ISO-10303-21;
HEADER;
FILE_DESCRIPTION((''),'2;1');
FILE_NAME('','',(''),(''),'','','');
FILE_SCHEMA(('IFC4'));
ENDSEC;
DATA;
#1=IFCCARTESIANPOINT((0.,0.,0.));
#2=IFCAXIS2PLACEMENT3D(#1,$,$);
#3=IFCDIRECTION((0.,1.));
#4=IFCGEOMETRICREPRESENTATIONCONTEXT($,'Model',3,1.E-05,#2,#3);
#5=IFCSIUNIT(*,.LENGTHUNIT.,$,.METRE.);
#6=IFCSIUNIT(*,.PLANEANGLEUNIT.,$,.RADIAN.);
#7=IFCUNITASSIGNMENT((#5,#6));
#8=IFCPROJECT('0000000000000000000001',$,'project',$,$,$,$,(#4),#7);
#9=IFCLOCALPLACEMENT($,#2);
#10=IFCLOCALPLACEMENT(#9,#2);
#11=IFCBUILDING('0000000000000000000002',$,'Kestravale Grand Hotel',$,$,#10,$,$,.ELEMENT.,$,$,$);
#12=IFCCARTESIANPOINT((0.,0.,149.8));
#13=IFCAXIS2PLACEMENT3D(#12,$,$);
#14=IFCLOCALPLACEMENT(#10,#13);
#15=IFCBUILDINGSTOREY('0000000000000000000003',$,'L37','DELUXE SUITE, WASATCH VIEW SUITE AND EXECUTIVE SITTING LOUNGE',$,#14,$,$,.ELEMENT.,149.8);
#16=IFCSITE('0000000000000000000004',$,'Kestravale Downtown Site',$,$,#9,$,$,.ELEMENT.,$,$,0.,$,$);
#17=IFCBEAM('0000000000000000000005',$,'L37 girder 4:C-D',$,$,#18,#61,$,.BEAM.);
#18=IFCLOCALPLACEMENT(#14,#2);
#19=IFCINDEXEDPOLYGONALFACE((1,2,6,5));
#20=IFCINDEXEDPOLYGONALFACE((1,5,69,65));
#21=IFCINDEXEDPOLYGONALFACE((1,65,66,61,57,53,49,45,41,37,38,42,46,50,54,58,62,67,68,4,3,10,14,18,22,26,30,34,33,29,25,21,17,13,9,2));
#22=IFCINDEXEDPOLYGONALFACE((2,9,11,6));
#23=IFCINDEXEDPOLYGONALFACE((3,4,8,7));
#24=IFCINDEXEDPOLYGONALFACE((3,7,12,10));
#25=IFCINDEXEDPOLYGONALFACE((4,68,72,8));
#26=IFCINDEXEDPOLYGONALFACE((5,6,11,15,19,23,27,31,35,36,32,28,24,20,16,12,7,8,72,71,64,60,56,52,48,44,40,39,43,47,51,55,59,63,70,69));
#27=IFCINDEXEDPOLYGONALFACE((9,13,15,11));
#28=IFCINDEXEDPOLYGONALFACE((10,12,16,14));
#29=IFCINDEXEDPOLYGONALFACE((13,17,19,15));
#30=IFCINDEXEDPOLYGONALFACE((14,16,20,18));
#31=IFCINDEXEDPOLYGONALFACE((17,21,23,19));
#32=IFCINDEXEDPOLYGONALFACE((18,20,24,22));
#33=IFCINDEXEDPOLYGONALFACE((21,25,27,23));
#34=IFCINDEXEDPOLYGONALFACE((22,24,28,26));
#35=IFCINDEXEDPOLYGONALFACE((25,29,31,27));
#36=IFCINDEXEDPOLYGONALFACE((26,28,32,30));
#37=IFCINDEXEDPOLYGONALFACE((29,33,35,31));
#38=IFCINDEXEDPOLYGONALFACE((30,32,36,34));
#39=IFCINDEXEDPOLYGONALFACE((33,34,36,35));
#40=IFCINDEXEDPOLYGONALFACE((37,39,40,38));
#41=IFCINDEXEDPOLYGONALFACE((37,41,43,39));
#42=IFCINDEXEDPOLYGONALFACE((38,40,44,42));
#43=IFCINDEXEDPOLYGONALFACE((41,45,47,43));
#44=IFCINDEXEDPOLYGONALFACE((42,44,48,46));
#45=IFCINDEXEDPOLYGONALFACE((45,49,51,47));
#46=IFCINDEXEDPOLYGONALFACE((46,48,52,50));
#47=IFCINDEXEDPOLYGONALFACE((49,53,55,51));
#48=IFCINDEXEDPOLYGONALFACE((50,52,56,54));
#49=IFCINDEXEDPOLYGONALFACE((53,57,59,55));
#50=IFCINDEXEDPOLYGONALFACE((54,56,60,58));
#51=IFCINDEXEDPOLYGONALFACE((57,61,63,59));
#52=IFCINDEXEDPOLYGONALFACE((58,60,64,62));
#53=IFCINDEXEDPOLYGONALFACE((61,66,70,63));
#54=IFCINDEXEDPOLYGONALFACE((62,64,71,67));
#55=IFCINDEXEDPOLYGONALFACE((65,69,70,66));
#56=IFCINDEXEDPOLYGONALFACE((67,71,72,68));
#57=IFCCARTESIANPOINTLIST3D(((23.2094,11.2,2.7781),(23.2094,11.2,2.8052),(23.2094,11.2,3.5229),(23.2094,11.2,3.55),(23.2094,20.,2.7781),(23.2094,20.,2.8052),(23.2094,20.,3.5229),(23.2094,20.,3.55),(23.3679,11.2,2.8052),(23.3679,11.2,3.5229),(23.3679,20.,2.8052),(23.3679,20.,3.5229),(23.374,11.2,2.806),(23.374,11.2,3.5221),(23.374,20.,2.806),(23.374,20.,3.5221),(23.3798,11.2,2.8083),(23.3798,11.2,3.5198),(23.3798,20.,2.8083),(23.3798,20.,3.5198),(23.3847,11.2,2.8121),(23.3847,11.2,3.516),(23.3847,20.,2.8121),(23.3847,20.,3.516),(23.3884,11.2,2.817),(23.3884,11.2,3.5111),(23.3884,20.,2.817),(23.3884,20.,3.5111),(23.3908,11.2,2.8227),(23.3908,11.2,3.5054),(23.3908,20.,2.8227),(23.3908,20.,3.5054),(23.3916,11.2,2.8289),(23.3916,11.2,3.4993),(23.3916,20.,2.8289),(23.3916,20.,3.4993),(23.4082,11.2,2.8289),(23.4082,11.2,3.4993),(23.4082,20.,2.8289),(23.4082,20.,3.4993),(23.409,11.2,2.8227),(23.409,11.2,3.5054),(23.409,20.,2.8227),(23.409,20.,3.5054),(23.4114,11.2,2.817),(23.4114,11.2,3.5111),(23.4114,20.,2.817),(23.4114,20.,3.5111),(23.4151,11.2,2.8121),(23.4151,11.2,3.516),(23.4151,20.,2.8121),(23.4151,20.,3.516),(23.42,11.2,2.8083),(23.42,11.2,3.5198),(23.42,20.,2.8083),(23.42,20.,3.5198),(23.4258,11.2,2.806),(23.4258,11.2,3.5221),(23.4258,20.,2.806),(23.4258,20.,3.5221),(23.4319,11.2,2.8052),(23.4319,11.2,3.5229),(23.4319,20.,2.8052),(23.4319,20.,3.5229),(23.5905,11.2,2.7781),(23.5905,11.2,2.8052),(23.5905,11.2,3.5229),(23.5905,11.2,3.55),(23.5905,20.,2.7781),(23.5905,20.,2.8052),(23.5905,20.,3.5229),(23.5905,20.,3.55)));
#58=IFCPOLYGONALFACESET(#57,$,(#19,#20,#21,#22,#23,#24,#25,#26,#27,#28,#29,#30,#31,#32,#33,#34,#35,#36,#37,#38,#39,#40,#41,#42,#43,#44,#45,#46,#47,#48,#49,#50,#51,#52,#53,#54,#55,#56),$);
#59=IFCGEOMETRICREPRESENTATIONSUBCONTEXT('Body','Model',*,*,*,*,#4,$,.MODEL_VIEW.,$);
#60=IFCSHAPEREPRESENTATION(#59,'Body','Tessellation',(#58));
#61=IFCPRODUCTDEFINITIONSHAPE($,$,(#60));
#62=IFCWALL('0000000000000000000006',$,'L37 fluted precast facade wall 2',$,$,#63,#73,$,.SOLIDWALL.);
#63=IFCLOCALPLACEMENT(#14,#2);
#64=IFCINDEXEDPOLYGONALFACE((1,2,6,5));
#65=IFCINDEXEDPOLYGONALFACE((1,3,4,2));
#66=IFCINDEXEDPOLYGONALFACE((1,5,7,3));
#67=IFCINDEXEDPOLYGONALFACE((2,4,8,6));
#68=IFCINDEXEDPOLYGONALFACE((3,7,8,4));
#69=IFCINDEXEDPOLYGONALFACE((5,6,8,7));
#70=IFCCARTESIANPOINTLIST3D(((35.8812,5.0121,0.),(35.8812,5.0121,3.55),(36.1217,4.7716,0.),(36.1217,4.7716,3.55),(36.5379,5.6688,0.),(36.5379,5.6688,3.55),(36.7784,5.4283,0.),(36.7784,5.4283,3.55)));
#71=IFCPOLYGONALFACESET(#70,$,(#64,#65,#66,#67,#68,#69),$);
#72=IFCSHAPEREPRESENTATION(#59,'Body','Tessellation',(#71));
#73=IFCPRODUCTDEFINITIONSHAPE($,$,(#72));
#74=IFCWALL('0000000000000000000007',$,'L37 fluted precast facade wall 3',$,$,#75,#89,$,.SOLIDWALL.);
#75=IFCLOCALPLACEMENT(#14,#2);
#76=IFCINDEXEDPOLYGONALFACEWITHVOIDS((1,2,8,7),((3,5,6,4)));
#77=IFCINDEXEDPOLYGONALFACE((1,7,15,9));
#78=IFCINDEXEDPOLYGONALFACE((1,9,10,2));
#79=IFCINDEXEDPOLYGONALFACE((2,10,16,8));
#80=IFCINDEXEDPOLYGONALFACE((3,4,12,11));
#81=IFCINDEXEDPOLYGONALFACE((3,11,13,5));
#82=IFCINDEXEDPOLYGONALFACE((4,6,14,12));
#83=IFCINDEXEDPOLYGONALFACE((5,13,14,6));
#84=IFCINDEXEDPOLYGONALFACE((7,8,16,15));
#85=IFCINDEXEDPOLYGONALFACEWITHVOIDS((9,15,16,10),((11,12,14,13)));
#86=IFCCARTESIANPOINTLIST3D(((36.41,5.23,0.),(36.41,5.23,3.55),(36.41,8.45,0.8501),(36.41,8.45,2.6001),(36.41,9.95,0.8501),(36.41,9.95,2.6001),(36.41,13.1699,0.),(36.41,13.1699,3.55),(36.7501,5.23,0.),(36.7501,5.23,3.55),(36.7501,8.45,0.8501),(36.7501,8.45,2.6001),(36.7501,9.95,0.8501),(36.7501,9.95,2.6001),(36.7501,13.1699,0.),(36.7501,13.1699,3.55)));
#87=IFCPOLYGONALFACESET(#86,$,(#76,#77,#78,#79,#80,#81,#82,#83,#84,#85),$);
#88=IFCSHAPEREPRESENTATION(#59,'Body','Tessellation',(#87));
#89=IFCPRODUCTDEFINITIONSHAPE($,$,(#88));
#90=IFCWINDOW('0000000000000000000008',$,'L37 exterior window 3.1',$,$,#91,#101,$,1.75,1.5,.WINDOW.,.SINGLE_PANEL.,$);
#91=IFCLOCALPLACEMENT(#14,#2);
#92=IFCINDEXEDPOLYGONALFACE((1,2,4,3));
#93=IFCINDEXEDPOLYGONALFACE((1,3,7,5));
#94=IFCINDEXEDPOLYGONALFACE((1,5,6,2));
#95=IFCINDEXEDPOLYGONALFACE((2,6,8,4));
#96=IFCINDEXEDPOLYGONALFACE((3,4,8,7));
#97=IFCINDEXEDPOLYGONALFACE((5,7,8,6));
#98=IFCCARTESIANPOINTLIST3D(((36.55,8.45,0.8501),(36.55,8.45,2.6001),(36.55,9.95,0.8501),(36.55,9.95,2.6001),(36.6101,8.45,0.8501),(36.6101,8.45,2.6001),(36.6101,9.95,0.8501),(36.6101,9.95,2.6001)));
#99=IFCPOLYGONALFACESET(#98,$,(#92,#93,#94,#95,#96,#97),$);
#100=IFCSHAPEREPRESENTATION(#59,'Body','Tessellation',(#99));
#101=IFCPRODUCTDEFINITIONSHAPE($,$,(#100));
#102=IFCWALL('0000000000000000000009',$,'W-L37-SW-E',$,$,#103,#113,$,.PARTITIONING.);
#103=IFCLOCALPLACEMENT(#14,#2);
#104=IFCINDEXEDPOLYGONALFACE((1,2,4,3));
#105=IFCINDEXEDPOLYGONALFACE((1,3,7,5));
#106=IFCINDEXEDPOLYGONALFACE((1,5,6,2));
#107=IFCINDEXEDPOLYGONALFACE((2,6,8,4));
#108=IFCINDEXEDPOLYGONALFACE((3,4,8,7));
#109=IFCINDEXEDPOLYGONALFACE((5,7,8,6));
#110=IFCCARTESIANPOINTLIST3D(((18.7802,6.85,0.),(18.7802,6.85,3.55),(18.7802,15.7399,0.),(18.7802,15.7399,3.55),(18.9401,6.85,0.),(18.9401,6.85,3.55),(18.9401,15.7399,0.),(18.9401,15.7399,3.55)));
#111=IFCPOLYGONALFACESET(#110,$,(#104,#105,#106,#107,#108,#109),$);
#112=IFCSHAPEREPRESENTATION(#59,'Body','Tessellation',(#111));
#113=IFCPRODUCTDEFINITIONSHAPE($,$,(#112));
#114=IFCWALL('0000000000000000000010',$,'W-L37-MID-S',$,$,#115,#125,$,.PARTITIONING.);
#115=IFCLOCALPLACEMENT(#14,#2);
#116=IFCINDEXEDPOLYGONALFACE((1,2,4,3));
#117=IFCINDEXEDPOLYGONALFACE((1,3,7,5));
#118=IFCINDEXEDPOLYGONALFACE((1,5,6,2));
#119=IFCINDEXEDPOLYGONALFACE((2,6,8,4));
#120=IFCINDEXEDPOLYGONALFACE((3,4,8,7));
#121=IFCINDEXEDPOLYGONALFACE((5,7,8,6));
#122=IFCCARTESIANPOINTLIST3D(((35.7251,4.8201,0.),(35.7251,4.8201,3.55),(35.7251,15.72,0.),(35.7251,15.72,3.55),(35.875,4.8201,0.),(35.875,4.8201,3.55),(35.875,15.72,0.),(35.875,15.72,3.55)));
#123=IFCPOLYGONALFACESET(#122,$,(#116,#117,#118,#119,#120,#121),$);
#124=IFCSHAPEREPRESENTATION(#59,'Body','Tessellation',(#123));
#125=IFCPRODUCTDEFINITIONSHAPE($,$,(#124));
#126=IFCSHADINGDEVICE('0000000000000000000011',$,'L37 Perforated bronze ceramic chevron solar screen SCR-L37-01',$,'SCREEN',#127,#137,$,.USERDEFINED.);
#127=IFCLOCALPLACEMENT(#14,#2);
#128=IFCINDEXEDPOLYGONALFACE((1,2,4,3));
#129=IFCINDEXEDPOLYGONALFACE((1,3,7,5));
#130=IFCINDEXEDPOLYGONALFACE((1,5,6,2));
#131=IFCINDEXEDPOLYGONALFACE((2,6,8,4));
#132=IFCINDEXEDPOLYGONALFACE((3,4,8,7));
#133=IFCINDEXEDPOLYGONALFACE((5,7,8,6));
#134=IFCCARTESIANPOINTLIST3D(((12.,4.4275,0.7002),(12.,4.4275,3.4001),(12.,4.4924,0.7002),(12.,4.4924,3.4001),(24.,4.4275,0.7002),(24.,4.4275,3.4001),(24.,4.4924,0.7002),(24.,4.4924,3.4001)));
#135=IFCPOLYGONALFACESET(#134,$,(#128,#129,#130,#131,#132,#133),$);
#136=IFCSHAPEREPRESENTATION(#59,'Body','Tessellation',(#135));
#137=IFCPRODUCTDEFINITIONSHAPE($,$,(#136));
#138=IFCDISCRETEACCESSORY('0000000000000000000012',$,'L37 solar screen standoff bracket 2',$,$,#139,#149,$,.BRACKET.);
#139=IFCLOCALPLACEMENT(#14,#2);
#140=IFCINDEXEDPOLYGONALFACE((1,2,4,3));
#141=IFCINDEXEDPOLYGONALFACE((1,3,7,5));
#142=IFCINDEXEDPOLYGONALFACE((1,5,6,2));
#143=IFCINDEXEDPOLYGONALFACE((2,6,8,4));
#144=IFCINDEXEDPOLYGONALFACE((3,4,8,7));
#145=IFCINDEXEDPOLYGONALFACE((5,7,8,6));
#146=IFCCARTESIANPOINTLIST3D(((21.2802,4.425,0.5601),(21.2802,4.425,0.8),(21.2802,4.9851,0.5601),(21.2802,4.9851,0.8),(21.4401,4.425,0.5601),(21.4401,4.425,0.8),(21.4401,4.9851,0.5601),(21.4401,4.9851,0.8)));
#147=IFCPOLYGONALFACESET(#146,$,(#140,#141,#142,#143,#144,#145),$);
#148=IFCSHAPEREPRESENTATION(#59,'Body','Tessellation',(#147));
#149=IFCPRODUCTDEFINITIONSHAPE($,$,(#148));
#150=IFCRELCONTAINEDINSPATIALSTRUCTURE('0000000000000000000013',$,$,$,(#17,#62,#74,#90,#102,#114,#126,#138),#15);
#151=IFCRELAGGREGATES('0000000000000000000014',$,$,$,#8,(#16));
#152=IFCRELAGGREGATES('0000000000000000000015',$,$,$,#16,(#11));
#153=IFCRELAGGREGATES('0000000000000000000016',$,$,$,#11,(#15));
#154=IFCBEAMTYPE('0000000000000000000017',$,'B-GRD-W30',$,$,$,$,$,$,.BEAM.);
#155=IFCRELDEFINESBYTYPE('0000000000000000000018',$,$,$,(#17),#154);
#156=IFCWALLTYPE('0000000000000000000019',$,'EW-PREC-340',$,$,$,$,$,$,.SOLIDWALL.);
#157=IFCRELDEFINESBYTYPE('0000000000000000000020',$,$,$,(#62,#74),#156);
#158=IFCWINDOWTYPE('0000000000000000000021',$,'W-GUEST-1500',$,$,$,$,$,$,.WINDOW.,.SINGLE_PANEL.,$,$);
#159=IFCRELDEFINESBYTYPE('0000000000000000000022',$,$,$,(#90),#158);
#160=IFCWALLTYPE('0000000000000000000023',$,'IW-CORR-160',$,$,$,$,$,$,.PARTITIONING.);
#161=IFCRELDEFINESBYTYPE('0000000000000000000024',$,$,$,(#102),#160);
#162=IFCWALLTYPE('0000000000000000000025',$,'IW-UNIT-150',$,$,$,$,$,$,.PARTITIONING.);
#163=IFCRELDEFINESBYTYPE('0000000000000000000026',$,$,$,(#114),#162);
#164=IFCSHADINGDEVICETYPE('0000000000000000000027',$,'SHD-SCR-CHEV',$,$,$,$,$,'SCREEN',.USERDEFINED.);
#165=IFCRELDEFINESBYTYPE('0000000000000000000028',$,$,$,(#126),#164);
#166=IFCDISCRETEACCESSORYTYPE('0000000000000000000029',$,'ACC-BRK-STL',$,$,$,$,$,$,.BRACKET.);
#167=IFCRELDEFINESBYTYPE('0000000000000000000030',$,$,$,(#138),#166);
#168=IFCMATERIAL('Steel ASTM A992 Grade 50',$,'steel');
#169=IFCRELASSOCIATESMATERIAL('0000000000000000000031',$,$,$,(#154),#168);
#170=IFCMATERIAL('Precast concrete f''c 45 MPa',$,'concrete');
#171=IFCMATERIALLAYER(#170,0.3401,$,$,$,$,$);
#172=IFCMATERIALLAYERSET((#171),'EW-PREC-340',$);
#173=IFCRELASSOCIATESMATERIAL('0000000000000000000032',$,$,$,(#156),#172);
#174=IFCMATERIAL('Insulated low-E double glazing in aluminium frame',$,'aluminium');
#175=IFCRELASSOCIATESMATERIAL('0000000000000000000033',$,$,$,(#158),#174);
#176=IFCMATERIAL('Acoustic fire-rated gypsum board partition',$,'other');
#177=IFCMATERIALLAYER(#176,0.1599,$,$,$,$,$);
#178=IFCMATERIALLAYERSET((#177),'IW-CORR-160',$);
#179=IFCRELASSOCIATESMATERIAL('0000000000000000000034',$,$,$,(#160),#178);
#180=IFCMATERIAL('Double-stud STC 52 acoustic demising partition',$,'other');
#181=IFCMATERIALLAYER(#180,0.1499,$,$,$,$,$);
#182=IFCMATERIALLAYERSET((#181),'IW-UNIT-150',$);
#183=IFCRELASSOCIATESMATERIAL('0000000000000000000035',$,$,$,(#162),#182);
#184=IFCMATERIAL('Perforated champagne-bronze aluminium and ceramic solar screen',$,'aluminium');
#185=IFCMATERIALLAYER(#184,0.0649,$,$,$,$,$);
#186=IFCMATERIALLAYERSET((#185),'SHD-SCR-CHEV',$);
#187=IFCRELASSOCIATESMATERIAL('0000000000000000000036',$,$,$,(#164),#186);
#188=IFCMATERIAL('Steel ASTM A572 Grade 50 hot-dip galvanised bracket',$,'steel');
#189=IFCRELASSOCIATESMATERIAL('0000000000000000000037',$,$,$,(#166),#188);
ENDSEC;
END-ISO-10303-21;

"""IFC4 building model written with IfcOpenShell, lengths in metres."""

from ifc_helpers import new_model, si_unit, direction, frame, frame_2d, origin, origin_2d, place, context, subcontext, project, spatial, rectangle, i_section, extrude, material, layer, layer_set, material_profile, profile_set, type_object, element, fill, save


model = new_model("IFC4")

# Units and contexts
model_context = context("Model", 3, precision=1e-05, world=origin(), true_north=direction((0.0, 1.0)))
body_context = subcontext(model_context, "Body", "Model", "MODEL_VIEW")
ifc_project = project(units=[si_unit("LENGTHUNIT", "METRE"), si_unit("PLANEANGLEUNIT", "RADIAN")], contexts=[model_context])

# Site, building, storey
site_placement = place(None, origin())
site = spatial("IfcSite", under=ifc_project, at=site_placement, Name="Kestravale Downtown Site", CompositionType="ELEMENT", RefElevation=0.0)
building_placement = place(site_placement, origin())
building = spatial("IfcBuilding", under=site, at=building_placement, Name="Kestravale Grand Hotel", CompositionType="ELEMENT")
storey_placement = place(building_placement, frame((0.0, 0.0, 149.8)))
storey = spatial("IfcBuildingStorey", under=building, at=storey_placement, Name="L37", Description="DELUXE SUITE, WASATCH VIEW SUITE AND EXECUTIVE SITTING LOUNGE", CompositionType="ELEMENT", Elevation=149.8)

# Beam
ifc_material_1 = material(Name="Steel ASTM A992 Grade 50", Category="steel")
ifc_material_profile_1 = material_profile(ifc_material_1, i_section(OverallWidth=0.3811, OverallDepth=0.772, WebThickness=0.0166, FlangeThickness=0.0271, FilletRadius=0.0237, at=origin_2d()))
ifc_profile_set_1 = profile_set([ifc_material_profile_1], Name="Steel ASTM A992 Grade 50")
beam_type_1 = type_object("IfcBeamType", Name="B-GRD-W30", PredefinedType="BEAM", material=ifc_profile_set_1)
beam_1_placement = place(storey_placement, frame((23.3999, 11.2, 3.1641), z_axis=(0.0, 1.0, 0.0), x_axis=(-1.0, 0.0, 0.0)))
element("IfcBeam", 1, at=beam_1_placement, inside=storey, type_object=beam_type_1, Name="L37 girder 4:C-D", PredefinedType="BEAM", context=body_context, shape_type="SweptSolid", body=[
    extrude(i_section(OverallWidth=0.3811, OverallDepth=0.772, WebThickness=0.0166, FlangeThickness=0.0271, FilletRadius=0.0237, at=origin_2d()), origin(), (0.0, 0.0, 1.0), 8.8),
])

# Wall
ifc_material_2 = material(Name="Precast concrete f'c 45 MPa", Category="concrete")
ifc_layer_1 = layer(ifc_material_2, 0.3401)
ifc_layer_set_1 = layer_set([ifc_layer_1], Name="EW-PREC-340")
wall_type_1 = type_object("IfcWallType", Name="EW-PREC-340", PredefinedType="SOLIDWALL", material=ifc_layer_set_1)
wall_1_placement = place(storey_placement, frame((36.0015, 4.8918, 0.0), z_axis=(0.0, 0.0, 1.0), x_axis=(0.707107, 0.707107, 0.0)))
element("IfcWall", 2, at=wall_1_placement, inside=storey, type_object=wall_type_1, Name="L37 fluted precast facade wall 2", PredefinedType="SOLIDWALL", context=body_context, shape_type="SweptSolid", body=[
    extrude(rectangle(XDim=0.9287, YDim=0.3401, at=frame_2d((0.4644, 0.0))), origin(), (0.0, 0.0, 1.0), 3.55),
])

# Wall, opening, window
wall_2_placement = place(storey_placement, frame((36.5801, 5.23, 0.0), z_axis=(0.0, 0.0, 1.0), x_axis=(0.0, 1.0, 0.0)))
wall_2 = element("IfcWall", 3, at=wall_2_placement, inside=storey, type_object=wall_type_1, Name="L37 fluted precast facade wall 3", PredefinedType="SOLIDWALL", context=body_context, shape_type="SweptSolid", body=[
    extrude(rectangle(XDim=7.9399, YDim=0.3401, at=frame_2d((3.97, 0.0))), origin(), (0.0, 0.0, 1.0), 3.55),
])
opening_placement = place(wall_2_placement, frame((3.22, 0.0, 0.8501)))
opening = element("IfcOpeningElement", 4, at=opening_placement, cuts=wall_2, PredefinedType="OPENING", context=body_context, shape_type="SweptSolid", body=[
    extrude(rectangle(XDim=1.5, YDim=1.75, at=frame_2d((0.75, 0.875))), frame((0.0, 0.1799, 0.0), z_axis=(0.0, -1.0, 0.0), x_axis=(1.0, 0.0, 0.0)), (0.0, 0.0, 1.0), 0.3601),
])
ifc_material_3 = material(Name="Insulated low-E double glazing in aluminium frame", Category="aluminium")
window_type = type_object("IfcWindowType", Name="W-GUEST-1500", PartitioningType="SINGLE_PANEL", PredefinedType="WINDOW", material=ifc_material_3)
window_placement = place(opening_placement, origin())
window = element("IfcWindow", 5, at=window_placement, inside=storey, type_object=window_type, Name="L37 exterior window 3.1", OverallHeight=1.75, OverallWidth=1.5, PartitioningType="SINGLE_PANEL", PredefinedType="WINDOW", context=body_context, shape_type="SweptSolid", body=[
    extrude(rectangle(XDim=1.5, YDim=1.75, at=frame_2d((0.75, 0.875))), frame((0.0, 0.03, 0.0), z_axis=(0.0, -1.0, 0.0), x_axis=(1.0, 0.0, 0.0)), (0.0, 0.0, 1.0), 0.0601),
])
fill(opening, window)

# Walls
ifc_material_4 = material(Name="Acoustic fire-rated gypsum board partition", Category="other")
ifc_layer_2 = layer(ifc_material_4, 0.1599)
ifc_layer_set_2 = layer_set([ifc_layer_2], Name="IW-CORR-160")
wall_type_2 = type_object("IfcWallType", Name="IW-CORR-160", PredefinedType="PARTITIONING", material=ifc_layer_set_2)
wall_3_placement = place(storey_placement, frame((18.8601, 6.8501, 0.0), z_axis=(0.0, 0.0, 1.0), x_axis=(0.0, 1.0, 0.0)))
element("IfcWall", 6, at=wall_3_placement, inside=storey, type_object=wall_type_2, Name="W-L37-SW-E", PredefinedType="PARTITIONING", context=body_context, shape_type="SweptSolid", body=[
    extrude(rectangle(XDim=8.8899, YDim=0.1599, at=frame_2d((4.4448, 0.0))), origin(), (0.0, 0.0, 1.0), 3.55),
])
ifc_material_5 = material(Name="Double-stud STC 52 acoustic demising partition", Category="other")
ifc_layer_3 = layer(ifc_material_5, 0.1499)
ifc_layer_set_3 = layer_set([ifc_layer_3], Name="IW-UNIT-150")
wall_type_3 = type_object("IfcWallType", Name="IW-UNIT-150", PredefinedType="PARTITIONING", material=ifc_layer_set_3)
wall_4_placement = place(storey_placement, frame((35.8, 4.8201, 0.0), z_axis=(0.0, 0.0, 1.0), x_axis=(0.0, 1.0, 0.0)))
element("IfcWall", 7, at=wall_4_placement, inside=storey, type_object=wall_type_3, Name="W-L37-MID-S", PredefinedType="PARTITIONING", context=body_context, shape_type="SweptSolid", body=[
    extrude(rectangle(XDim=10.8999, YDim=0.1499, at=frame_2d((5.45, 0.0))), origin(), (0.0, 0.0, 1.0), 3.55),
])

# Shading device
ifc_material_6 = material(Name="Perforated champagne-bronze aluminium and ceramic solar screen", Category="aluminium")
ifc_layer_4 = layer(ifc_material_6, 0.0649)
ifc_layer_set_4 = layer_set([ifc_layer_4], Name="SHD-SCR-CHEV")
shading_device_type = type_object("IfcShadingDeviceType", Name="SHD-SCR-CHEV", ElementType="SCREEN", PredefinedType="USERDEFINED", material=ifc_layer_set_4)
shading_device_placement = place(storey_placement, frame((18.0, 4.46, 0.7002), z_axis=(0.0, 0.0, 1.0), x_axis=(1.0, 0.0, 0.0)))
element("IfcShadingDevice", 8, at=shading_device_placement, inside=storey, type_object=shading_device_type, Name="L37 Perforated bronze ceramic chevron solar screen SCR-L37-01", ObjectType="SCREEN", PredefinedType="USERDEFINED", context=body_context, shape_type="SweptSolid", body=[
    extrude(rectangle(XDim=12.0, YDim=0.0649, at=origin_2d()), origin(), (0.0, 0.0, 1.0), 2.7),
])

# Discrete accessory
ifc_material_7 = material(Name="Steel ASTM A572 Grade 50 hot-dip galvanised bracket", Category="steel")
discrete_accessory_type = type_object("IfcDiscreteAccessoryType", Name="ACC-BRK-STL", PredefinedType="BRACKET", material=ifc_material_7)
discrete_accessory_placement = place(storey_placement, frame((21.3601, 4.7051, 0.5601), z_axis=(0.0, 0.0, 1.0), x_axis=(1.0, 0.0, 0.0)))
element("IfcDiscreteAccessory", 9, at=discrete_accessory_placement, inside=storey, type_object=discrete_accessory_type, Name="L37 solar screen standoff bracket 2", PredefinedType="BRACKET", context=body_context, shape_type="SweptSolid", body=[
    extrude(rectangle(XDim=0.1599, YDim=0.5601, at=origin_2d()), origin(), (0.0, 0.0, 1.0), 0.24),
])

save(model, "model.ifc")
